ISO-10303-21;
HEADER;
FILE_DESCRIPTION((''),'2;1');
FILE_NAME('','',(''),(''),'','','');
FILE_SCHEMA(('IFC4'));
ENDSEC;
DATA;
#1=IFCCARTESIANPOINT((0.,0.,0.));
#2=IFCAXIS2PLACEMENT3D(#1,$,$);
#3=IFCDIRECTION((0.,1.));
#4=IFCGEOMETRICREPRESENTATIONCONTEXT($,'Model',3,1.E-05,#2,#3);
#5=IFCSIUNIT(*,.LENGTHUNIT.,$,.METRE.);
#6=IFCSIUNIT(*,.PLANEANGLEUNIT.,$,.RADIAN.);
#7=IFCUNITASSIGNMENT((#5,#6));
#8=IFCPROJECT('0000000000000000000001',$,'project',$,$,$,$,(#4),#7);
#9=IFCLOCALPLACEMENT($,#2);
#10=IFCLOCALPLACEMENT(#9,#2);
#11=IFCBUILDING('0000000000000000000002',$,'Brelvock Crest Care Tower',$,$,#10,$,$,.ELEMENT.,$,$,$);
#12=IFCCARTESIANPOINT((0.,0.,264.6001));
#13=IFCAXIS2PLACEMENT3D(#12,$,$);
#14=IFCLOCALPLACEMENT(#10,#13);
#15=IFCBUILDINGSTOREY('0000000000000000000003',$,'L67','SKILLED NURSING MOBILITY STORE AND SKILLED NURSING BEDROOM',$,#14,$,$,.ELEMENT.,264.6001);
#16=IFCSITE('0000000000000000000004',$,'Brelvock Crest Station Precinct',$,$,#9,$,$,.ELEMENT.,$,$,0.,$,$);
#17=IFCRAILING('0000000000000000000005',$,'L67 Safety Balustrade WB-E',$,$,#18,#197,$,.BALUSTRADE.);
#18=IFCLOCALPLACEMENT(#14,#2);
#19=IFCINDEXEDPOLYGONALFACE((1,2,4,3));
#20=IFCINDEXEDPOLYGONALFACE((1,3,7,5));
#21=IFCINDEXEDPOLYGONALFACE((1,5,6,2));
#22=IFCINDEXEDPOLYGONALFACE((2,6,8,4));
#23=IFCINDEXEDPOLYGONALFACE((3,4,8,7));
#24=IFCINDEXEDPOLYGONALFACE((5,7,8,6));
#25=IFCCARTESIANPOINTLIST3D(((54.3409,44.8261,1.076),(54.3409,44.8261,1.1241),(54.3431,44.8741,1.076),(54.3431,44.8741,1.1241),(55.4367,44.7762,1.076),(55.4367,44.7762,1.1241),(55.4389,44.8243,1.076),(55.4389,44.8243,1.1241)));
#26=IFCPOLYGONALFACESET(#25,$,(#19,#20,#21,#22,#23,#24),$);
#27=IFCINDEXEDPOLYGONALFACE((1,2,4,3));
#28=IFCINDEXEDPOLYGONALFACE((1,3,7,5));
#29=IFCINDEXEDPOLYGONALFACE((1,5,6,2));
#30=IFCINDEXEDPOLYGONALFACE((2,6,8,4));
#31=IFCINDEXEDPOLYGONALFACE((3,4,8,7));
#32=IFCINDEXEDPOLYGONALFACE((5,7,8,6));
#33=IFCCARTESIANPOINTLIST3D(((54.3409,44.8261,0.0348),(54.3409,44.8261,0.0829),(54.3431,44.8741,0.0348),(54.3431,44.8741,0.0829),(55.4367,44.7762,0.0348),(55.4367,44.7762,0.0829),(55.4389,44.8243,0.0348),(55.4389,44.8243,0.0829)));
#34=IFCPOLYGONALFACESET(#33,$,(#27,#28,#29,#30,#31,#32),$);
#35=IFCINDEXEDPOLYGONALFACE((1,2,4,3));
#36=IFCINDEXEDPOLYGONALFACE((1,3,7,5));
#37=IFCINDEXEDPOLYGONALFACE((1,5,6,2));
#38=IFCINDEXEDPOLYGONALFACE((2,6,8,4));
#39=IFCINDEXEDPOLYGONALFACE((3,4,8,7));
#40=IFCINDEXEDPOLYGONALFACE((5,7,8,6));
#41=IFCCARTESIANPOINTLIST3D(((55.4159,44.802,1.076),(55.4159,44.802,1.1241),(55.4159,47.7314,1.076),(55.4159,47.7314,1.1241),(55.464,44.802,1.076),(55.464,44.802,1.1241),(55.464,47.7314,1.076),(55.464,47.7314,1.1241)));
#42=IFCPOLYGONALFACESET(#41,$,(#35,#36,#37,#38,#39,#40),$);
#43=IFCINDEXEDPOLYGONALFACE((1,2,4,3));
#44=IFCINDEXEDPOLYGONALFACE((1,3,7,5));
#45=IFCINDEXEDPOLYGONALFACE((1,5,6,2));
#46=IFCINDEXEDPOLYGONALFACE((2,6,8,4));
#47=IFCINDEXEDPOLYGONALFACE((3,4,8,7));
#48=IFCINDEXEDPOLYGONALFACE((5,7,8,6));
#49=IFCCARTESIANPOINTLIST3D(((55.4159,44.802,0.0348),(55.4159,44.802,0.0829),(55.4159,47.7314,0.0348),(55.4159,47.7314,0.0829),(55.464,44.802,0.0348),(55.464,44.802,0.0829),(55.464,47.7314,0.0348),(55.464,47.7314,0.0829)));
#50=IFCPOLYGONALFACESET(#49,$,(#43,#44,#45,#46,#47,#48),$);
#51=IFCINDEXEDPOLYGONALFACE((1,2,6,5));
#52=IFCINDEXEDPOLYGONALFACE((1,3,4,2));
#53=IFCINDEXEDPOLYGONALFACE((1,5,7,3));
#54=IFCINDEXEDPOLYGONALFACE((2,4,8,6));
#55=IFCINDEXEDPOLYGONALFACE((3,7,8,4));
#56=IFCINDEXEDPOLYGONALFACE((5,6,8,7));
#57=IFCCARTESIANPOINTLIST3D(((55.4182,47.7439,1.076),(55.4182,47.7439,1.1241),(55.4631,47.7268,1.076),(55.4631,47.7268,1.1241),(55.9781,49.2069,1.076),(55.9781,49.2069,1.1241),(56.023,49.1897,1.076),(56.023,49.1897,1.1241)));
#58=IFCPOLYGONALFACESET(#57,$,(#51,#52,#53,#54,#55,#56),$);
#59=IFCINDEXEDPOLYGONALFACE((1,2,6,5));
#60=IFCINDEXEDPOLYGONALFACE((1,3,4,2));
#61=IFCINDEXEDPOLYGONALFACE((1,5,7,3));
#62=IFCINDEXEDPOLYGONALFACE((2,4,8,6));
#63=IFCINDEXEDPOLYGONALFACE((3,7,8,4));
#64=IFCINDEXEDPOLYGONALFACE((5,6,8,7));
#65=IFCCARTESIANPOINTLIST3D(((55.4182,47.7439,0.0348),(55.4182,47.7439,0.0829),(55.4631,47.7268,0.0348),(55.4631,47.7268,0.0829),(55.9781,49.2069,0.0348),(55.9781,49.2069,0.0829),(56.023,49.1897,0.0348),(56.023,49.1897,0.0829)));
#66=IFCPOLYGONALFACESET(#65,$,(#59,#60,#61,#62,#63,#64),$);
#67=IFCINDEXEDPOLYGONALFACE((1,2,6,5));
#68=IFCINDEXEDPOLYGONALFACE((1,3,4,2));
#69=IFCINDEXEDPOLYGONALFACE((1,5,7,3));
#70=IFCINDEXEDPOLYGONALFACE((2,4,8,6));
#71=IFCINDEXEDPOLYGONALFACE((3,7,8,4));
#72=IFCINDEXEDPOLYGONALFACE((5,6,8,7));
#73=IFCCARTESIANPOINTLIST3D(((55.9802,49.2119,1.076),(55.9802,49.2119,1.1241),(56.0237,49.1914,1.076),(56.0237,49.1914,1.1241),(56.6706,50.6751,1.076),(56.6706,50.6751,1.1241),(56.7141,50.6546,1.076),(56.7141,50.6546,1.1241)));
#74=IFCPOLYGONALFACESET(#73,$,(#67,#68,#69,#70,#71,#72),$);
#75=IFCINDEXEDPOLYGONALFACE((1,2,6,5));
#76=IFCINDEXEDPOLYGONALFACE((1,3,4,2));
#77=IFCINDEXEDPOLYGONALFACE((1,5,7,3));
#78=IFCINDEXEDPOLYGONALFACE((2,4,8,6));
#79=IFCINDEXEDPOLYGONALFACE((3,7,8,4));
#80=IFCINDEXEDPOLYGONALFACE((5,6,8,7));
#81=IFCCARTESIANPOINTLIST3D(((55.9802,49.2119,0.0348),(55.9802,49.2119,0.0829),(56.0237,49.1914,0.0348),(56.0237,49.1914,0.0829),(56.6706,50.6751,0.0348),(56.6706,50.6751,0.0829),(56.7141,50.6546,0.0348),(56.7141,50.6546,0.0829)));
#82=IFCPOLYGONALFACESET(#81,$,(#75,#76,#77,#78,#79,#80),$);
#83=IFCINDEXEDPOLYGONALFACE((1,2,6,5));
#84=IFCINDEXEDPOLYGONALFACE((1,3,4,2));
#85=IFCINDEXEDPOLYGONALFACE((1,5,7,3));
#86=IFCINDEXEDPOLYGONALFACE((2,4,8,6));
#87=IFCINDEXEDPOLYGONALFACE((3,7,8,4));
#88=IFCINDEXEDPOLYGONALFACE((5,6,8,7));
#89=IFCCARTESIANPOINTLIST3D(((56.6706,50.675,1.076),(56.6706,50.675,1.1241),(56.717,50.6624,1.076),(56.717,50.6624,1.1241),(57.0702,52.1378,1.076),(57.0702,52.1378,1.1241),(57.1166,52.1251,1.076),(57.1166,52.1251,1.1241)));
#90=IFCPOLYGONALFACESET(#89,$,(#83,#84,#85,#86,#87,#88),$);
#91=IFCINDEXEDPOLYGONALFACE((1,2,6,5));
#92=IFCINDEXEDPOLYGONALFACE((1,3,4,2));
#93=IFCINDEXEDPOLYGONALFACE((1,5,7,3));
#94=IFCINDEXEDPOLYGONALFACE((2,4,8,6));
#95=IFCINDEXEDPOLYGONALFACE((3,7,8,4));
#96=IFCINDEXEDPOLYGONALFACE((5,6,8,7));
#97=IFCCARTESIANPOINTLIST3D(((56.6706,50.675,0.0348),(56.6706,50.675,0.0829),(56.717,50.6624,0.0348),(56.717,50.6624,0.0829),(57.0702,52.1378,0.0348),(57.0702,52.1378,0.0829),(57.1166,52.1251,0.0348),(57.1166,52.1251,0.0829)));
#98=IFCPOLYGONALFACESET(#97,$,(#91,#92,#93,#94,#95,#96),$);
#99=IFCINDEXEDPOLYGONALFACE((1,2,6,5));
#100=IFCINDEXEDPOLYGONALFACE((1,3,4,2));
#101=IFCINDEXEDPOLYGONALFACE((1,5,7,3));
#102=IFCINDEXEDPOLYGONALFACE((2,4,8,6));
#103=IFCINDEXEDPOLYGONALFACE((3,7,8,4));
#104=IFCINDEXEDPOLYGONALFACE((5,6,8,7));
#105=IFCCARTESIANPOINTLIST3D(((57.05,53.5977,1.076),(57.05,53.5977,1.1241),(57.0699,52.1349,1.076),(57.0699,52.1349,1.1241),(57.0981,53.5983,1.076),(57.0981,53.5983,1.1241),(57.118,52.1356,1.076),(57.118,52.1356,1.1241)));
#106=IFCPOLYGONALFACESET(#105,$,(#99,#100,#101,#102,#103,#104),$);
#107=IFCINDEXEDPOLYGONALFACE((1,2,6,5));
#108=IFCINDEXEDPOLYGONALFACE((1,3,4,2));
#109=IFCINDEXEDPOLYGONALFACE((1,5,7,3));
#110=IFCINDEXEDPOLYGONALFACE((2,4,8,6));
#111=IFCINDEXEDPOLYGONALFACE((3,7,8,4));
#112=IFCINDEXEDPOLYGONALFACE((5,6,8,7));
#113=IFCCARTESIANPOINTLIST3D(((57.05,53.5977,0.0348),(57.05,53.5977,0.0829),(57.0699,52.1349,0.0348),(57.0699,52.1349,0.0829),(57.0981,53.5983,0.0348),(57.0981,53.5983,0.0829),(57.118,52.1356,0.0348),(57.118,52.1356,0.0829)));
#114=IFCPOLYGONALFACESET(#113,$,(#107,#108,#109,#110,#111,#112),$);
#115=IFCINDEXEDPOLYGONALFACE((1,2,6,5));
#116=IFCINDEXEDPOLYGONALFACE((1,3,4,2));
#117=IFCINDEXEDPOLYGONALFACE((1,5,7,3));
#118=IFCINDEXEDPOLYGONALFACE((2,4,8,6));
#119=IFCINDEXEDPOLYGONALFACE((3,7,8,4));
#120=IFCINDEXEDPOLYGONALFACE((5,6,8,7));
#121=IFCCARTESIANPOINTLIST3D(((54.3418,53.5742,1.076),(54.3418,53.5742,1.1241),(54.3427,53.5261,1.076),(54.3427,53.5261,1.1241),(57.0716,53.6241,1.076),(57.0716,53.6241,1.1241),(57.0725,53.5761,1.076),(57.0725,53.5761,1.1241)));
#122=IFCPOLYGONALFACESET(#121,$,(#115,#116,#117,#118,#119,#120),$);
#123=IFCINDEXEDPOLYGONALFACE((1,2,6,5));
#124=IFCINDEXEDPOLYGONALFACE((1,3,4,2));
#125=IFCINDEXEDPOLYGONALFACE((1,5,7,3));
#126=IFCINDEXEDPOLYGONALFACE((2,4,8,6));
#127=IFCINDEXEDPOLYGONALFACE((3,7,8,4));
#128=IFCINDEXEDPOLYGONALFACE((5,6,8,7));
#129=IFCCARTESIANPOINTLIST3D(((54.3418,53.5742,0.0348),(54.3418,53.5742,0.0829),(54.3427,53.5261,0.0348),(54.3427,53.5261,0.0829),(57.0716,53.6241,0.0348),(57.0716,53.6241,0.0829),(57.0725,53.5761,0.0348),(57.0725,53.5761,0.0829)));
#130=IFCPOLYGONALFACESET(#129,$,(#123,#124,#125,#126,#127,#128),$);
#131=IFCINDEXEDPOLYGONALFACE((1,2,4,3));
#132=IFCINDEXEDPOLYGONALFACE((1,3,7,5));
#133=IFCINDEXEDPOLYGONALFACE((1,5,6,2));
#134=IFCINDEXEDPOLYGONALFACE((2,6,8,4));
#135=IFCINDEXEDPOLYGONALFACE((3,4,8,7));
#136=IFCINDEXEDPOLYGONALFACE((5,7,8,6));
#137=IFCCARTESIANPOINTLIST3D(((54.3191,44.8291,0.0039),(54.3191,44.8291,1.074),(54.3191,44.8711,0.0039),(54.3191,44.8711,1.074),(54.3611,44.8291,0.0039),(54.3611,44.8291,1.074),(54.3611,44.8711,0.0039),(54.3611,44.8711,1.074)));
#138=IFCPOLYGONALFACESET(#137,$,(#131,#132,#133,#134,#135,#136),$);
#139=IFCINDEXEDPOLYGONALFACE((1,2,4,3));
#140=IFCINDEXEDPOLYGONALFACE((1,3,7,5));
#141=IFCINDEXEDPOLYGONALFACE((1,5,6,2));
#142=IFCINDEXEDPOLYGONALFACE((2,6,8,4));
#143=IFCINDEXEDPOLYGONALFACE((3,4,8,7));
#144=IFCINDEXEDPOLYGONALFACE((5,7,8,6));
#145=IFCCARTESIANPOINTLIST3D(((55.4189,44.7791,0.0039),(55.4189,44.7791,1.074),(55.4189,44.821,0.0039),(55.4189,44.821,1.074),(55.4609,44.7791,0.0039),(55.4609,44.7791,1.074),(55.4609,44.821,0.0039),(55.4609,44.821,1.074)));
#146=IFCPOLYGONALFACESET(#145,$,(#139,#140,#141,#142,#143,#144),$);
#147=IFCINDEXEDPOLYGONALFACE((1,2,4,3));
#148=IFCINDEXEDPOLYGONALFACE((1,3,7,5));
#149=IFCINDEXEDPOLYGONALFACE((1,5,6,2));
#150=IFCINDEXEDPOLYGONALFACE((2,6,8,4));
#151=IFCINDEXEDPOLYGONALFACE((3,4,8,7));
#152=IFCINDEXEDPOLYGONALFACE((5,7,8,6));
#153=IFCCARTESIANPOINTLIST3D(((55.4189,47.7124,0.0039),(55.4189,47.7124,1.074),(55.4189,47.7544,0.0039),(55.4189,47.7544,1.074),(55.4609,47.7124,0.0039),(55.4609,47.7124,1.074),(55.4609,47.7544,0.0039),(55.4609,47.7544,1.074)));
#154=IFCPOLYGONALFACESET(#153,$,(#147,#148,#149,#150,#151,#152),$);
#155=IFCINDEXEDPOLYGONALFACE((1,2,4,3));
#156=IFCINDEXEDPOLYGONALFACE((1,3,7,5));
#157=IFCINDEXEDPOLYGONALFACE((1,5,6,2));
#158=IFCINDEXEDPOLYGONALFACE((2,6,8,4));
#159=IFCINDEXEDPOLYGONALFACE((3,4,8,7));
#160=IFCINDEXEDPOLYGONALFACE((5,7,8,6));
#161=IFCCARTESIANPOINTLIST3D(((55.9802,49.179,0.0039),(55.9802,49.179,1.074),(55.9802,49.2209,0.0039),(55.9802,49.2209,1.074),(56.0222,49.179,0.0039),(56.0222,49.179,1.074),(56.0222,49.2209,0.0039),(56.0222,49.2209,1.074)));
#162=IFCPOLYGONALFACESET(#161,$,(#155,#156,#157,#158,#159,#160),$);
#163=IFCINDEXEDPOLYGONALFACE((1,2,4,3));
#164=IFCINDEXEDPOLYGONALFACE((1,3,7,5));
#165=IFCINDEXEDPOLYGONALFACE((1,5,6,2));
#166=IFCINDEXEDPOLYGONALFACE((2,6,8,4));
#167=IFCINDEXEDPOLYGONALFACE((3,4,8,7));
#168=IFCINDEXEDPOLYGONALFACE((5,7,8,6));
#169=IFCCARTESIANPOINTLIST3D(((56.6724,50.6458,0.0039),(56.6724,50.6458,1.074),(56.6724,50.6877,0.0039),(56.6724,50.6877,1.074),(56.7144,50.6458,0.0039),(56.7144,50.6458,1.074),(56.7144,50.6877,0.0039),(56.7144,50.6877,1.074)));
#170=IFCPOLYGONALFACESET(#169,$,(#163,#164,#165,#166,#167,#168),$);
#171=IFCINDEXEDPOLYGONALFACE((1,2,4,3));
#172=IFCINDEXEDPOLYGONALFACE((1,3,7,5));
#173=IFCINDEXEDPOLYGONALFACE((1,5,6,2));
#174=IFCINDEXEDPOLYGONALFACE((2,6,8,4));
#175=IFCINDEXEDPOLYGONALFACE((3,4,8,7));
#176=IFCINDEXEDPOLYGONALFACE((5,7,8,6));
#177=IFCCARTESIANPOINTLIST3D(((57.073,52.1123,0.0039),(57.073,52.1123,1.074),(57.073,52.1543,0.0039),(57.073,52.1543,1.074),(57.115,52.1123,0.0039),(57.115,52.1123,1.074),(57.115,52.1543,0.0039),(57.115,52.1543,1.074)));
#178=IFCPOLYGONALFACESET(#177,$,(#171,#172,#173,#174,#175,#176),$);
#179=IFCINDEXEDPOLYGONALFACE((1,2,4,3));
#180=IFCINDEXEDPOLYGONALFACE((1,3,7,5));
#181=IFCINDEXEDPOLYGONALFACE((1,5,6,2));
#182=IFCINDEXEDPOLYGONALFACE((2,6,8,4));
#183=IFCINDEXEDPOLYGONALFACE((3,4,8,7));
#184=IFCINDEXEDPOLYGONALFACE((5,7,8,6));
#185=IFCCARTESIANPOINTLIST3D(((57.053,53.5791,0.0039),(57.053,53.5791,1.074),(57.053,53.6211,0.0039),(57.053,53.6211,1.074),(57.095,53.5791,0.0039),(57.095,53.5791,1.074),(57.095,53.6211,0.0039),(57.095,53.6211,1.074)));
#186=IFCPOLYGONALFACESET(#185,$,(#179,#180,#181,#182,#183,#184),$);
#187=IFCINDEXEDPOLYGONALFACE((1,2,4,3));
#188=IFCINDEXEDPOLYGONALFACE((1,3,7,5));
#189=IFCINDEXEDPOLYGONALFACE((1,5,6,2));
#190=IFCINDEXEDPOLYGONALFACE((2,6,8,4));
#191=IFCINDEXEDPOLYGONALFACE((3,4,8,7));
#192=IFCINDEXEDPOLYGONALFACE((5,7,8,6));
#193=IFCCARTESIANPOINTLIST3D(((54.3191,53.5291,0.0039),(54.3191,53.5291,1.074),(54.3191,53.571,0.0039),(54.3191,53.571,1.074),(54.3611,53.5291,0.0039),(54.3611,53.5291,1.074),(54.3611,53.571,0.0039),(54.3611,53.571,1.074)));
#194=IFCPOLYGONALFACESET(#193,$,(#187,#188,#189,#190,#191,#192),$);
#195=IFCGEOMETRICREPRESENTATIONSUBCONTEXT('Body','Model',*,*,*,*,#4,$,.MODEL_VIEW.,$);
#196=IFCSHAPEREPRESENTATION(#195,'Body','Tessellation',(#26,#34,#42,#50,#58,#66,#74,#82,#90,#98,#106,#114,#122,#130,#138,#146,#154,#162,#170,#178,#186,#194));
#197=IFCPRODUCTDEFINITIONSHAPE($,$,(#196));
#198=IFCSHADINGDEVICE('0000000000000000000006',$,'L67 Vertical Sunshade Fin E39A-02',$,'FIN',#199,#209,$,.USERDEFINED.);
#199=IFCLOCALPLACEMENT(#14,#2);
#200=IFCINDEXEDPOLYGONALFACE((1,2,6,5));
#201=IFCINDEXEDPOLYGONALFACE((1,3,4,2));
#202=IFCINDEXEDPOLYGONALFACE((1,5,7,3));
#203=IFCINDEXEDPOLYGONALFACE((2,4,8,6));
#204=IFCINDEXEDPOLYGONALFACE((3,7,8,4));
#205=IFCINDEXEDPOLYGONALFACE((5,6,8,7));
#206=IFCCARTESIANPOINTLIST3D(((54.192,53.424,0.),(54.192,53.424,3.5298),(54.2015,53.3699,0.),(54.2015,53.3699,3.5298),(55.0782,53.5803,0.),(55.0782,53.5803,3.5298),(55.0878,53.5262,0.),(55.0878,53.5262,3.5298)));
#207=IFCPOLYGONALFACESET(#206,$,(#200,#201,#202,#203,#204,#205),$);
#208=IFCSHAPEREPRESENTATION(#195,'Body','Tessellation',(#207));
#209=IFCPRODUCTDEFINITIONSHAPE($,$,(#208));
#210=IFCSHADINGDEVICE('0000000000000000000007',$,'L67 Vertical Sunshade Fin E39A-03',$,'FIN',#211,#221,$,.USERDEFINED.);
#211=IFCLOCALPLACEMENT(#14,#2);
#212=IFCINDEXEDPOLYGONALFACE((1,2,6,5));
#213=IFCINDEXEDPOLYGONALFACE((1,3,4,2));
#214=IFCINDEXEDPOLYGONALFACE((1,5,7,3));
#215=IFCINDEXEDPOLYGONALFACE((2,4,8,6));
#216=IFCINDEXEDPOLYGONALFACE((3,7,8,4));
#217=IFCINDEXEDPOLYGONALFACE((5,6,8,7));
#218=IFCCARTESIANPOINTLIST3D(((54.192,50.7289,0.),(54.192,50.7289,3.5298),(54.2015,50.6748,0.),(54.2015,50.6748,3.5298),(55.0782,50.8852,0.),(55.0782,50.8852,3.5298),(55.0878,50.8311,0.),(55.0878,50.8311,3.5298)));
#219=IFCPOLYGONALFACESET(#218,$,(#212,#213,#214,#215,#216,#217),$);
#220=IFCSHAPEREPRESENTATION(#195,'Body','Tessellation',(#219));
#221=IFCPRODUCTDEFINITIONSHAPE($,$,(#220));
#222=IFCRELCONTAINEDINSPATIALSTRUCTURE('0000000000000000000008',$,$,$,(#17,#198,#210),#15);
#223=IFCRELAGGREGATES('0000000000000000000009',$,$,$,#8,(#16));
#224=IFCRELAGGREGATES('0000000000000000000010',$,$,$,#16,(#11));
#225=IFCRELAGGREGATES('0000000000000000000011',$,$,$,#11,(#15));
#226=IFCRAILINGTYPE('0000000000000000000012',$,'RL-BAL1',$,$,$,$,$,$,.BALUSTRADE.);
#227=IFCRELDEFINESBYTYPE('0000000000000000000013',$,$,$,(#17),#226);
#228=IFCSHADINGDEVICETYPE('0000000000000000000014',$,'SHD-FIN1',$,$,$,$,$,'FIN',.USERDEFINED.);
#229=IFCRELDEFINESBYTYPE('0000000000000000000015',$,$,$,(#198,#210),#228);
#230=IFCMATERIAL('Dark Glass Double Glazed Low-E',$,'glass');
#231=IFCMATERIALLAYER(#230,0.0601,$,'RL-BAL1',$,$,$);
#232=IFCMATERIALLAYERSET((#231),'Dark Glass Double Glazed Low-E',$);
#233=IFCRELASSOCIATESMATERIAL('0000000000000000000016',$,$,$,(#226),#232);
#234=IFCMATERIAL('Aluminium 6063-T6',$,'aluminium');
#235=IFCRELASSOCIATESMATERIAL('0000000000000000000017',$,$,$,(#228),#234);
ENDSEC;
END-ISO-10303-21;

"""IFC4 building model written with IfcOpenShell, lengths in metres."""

from ifc_helpers import new_model, si_unit, direction, frame, origin, origin_2d, place, context, subcontext, project, spatial, rectangle, extrude, source, transform, mapped, material, layer, layer_set, material_profile, profile_set, type_object, element, save


model = new_model("IFC4")

# Units and contexts
model_context = context("Model", 3, precision=1e-05, world=origin(), true_north=direction((0.0, 1.0)))
body_context = subcontext(model_context, "Body", "Model", "MODEL_VIEW")
ifc_project = project(units=[si_unit("LENGTHUNIT", "METRE"), si_unit("PLANEANGLEUNIT", "RADIAN")], contexts=[model_context])

# Site, building, storey
site_placement = place(None, origin())
site = spatial("IfcSite", under=ifc_project, at=site_placement, Name="Brelvock Crest Station Precinct", CompositionType="ELEMENT", RefElevation=0.0)
building_placement = place(site_placement, origin())
building = spatial("IfcBuilding", under=site, at=building_placement, Name="Brelvock Crest Care Tower", CompositionType="ELEMENT")
storey_placement = place(building_placement, frame((0.0, 0.0, 264.6001)))
storey = spatial("IfcBuildingStorey", under=building, at=storey_placement, Name="L67", Description="SKILLED NURSING MOBILITY STORE AND SKILLED NURSING BEDROOM", CompositionType="ELEMENT", Elevation=264.6001)

# Shared definitions
ifc_material_1 = material(Name="Dark Glass Double Glazed Low-E", Category="glass")
ifc_material_2 = material(Name="Aluminium 6063-T6", Category="aluminium")

# Railing
ifc_layer_1 = layer(ifc_material_1, 0.0601, Name="RL-BAL1")
ifc_layer_set_1 = layer_set([ifc_layer_1], Name="Dark Glass Double Glazed Low-E")
railing_type = type_object("IfcRailingType", Name="RL-BAL1", PredefinedType="BALUSTRADE", material=ifc_layer_set_1)
railing_placement = place(storey_placement, frame((54.3401, 44.8501, 0.0039)))
element("IfcRailing", 1, at=railing_placement, inside=storey, type_object=railing_type, Name="L67 Safety Balustrade WB-E", PredefinedType="BALUSTRADE", context=body_context, shape_type="SweptSolid", body=[
    extrude(rectangle(XDim=0.0481, YDim=0.0481, at=origin_2d()), frame((0.002, 0.0, 1.0962), z_axis=(0.998966, -0.045458, 0.0), x_axis=(0.045458, 0.998966, 0.0)), (0.0, 0.0, 1.0), 1.0969),
    extrude(rectangle(XDim=0.0481, YDim=0.0481, at=origin_2d()), frame((0.002, 0.0, 0.0549), z_axis=(0.998966, -0.045458, 0.0), x_axis=(0.045458, 0.998966, 0.0)), (0.0, 0.0, 1.0), 1.0969),
    extrude(rectangle(XDim=0.0481, YDim=0.0481, at=origin_2d()), frame((1.0999, -0.0481, 1.0962), z_axis=(0.0, 1.0, 0.0), x_axis=(-1.0, 0.0, 0.0)), (0.0, 0.0, 1.0), 2.9294),
    extrude(rectangle(XDim=0.0481, YDim=0.0481, at=origin_2d()), frame((1.0999, -0.0481, 0.0549), z_axis=(0.0, 1.0, 0.0), x_axis=(-1.0, 0.0, 0.0)), (0.0, 0.0, 1.0), 2.9294),
    extrude(rectangle(XDim=0.0481, YDim=0.0481, at=origin_2d()), frame((1.1006, 2.8853, 1.0962), z_axis=(0.357437, 0.933937, 0.0), x_axis=(-0.933937, 0.357437, 0.0)), (0.0, 0.0, 1.0), 1.5664),
    extrude(rectangle(XDim=0.0481, YDim=0.0481, at=origin_2d()), frame((1.1006, 2.8853, 0.0549), z_axis=(0.357437, 0.933937, 0.0), x_axis=(-0.933937, 0.357437, 0.0)), (0.0, 0.0, 1.0), 1.5664),
    extrude(rectangle(XDim=0.0481, YDim=0.0481, at=origin_2d()), frame((1.6619, 4.3516, 1.0962), z_axis=(0.426746, 0.904371, 0.0), x_axis=(-0.904371, 0.426746, 0.0)), (0.0, 0.0, 1.0), 1.6179),
    extrude(rectangle(XDim=0.0481, YDim=0.0481, at=origin_2d()), frame((1.6619, 4.3516, 0.0549), z_axis=(0.426746, 0.904371, 0.0), x_axis=(-0.904371, 0.426746, 0.0)), (0.0, 0.0, 1.0), 1.6179),
    extrude(rectangle(XDim=0.0481, YDim=0.0481, at=origin_2d()), frame((2.3538, 5.8186, 1.0962), z_axis=(0.263525, 0.964653, 0.0), x_axis=(-0.964653, 0.263525, 0.0)), (0.0, 0.0, 1.0), 1.5164),
    extrude(rectangle(XDim=0.0481, YDim=0.0481, at=origin_2d()), frame((2.3538, 5.8186, 0.0549), z_axis=(0.263525, 0.964653, 0.0), x_axis=(-0.964653, 0.263525, 0.0)), (0.0, 0.0, 1.0), 1.5164),
    extrude(rectangle(XDim=0.0481, YDim=0.0481, at=origin_2d()), frame((2.7539, 7.2852, 1.0962), z_axis=(-0.013647, 0.999907, 0.0), x_axis=(-0.999907, -0.013647, 0.0)), (0.0, 0.0, 1.0), 1.4629),
    extrude(rectangle(XDim=0.0481, YDim=0.0481, at=origin_2d()), frame((2.7539, 7.2852, 0.0549), z_axis=(-0.013647, 0.999907, 0.0), x_axis=(-0.999907, -0.013647, 0.0)), (0.0, 0.0, 1.0), 1.4629),
    extrude(rectangle(XDim=0.0481, YDim=0.0481, at=origin_2d()), frame((2.7319, 8.75, 1.0962), z_axis=(-0.999832, -0.018304, 0.0), x_axis=(0.018304, -0.999832, 0.0)), (0.0, 0.0, 1.0), 2.7302),
    extrude(rectangle(XDim=0.0481, YDim=0.0481, at=origin_2d()), frame((2.7319, 8.75, 0.0549), z_axis=(-0.999832, -0.018304, 0.0), x_axis=(0.018304, -0.999832, 0.0)), (0.0, 0.0, 1.0), 2.7302),
    extrude(rectangle(XDim=0.042, YDim=0.042, at=origin_2d()), origin(), (0.0, 0.0, 1.0), 1.0701),
    extrude(rectangle(XDim=0.042, YDim=0.042, at=origin_2d()), frame((1.0999, -0.05, 0.0)), (0.0, 0.0, 1.0), 1.0701),
    extrude(rectangle(XDim=0.042, YDim=0.042, at=origin_2d()), frame((1.0999, 2.8833, 0.0)), (0.0, 0.0, 1.0), 1.0701),
    extrude(rectangle(XDim=0.042, YDim=0.042, at=origin_2d()), frame((1.6611, 4.3499, 0.0)), (0.0, 0.0, 1.0), 1.0701),
    extrude(rectangle(XDim=0.042, YDim=0.042, at=origin_2d()), frame((2.3533, 5.8167, 0.0)), (0.0, 0.0, 1.0), 1.0701),
    extrude(rectangle(XDim=0.042, YDim=0.042, at=origin_2d()), frame((2.7539, 7.2832, 0.0)), (0.0, 0.0, 1.0), 1.0701),
    extrude(rectangle(XDim=0.042, YDim=0.042, at=origin_2d()), frame((2.7339, 8.75, 0.0)), (0.0, 0.0, 1.0), 1.0701),
    extrude(rectangle(XDim=0.042, YDim=0.042, at=origin_2d()), frame((0.0, 8.7, 0.0)), (0.0, 0.0, 1.0), 1.0701),
])

# Shading devices
ifc_material_profile_1 = material_profile(ifc_material_2, rectangle(XDim=0.0549, YDim=0.8999, at=origin_2d()), Name="FIN55x900")
ifc_profile_set_1 = profile_set([ifc_material_profile_1], Name="Aluminium 6063-T6")
shading_device_type = type_object("IfcShadingDeviceType", Name="SHD-FIN1", ElementType="FIN", PredefinedType="USERDEFINED", material=ifc_profile_set_1)
shared_shape_1 = source(origin(), body_context, "Body", "SweptSolid", [
    extrude(rectangle(XDim=0.0549, YDim=0.8999, at=origin_2d()), origin(), (0.0, 0.0, 1.0), 3.5298),
])
for number, where, z_axis, x_axis, name in (
    (2, (54.6399, 53.4751, 0.0), (0.0, 0.0, 1.0), (0.173648, -0.984808, 0.0), "L67 Vertical Sunshade Fin E39A-02"),
    (3, (54.6399, 50.78, 0.0), (0.0, 0.0, 1.0), (0.173648, -0.984808, 0.0), "L67 Vertical Sunshade Fin E39A-03"),
):
    element("IfcShadingDevice", number, at=place(storey_placement, frame(where, z_axis=z_axis, x_axis=x_axis)), inside=storey, type_object=shading_device_type, Name=name, ObjectType="FIN", PredefinedType="USERDEFINED", context=body_context, shape_type="MappedRepresentation", body=[
        mapped(shared_shape_1, transform((0.0, 0.0, 0.0), x_axis=(1.0, 0.0, 0.0), y_axis=(0.0, 1.0, 0.0), z_axis=(0.0, 0.0, 1.0), scale=1.0)),
    ])

save(model, "model.ifc")
